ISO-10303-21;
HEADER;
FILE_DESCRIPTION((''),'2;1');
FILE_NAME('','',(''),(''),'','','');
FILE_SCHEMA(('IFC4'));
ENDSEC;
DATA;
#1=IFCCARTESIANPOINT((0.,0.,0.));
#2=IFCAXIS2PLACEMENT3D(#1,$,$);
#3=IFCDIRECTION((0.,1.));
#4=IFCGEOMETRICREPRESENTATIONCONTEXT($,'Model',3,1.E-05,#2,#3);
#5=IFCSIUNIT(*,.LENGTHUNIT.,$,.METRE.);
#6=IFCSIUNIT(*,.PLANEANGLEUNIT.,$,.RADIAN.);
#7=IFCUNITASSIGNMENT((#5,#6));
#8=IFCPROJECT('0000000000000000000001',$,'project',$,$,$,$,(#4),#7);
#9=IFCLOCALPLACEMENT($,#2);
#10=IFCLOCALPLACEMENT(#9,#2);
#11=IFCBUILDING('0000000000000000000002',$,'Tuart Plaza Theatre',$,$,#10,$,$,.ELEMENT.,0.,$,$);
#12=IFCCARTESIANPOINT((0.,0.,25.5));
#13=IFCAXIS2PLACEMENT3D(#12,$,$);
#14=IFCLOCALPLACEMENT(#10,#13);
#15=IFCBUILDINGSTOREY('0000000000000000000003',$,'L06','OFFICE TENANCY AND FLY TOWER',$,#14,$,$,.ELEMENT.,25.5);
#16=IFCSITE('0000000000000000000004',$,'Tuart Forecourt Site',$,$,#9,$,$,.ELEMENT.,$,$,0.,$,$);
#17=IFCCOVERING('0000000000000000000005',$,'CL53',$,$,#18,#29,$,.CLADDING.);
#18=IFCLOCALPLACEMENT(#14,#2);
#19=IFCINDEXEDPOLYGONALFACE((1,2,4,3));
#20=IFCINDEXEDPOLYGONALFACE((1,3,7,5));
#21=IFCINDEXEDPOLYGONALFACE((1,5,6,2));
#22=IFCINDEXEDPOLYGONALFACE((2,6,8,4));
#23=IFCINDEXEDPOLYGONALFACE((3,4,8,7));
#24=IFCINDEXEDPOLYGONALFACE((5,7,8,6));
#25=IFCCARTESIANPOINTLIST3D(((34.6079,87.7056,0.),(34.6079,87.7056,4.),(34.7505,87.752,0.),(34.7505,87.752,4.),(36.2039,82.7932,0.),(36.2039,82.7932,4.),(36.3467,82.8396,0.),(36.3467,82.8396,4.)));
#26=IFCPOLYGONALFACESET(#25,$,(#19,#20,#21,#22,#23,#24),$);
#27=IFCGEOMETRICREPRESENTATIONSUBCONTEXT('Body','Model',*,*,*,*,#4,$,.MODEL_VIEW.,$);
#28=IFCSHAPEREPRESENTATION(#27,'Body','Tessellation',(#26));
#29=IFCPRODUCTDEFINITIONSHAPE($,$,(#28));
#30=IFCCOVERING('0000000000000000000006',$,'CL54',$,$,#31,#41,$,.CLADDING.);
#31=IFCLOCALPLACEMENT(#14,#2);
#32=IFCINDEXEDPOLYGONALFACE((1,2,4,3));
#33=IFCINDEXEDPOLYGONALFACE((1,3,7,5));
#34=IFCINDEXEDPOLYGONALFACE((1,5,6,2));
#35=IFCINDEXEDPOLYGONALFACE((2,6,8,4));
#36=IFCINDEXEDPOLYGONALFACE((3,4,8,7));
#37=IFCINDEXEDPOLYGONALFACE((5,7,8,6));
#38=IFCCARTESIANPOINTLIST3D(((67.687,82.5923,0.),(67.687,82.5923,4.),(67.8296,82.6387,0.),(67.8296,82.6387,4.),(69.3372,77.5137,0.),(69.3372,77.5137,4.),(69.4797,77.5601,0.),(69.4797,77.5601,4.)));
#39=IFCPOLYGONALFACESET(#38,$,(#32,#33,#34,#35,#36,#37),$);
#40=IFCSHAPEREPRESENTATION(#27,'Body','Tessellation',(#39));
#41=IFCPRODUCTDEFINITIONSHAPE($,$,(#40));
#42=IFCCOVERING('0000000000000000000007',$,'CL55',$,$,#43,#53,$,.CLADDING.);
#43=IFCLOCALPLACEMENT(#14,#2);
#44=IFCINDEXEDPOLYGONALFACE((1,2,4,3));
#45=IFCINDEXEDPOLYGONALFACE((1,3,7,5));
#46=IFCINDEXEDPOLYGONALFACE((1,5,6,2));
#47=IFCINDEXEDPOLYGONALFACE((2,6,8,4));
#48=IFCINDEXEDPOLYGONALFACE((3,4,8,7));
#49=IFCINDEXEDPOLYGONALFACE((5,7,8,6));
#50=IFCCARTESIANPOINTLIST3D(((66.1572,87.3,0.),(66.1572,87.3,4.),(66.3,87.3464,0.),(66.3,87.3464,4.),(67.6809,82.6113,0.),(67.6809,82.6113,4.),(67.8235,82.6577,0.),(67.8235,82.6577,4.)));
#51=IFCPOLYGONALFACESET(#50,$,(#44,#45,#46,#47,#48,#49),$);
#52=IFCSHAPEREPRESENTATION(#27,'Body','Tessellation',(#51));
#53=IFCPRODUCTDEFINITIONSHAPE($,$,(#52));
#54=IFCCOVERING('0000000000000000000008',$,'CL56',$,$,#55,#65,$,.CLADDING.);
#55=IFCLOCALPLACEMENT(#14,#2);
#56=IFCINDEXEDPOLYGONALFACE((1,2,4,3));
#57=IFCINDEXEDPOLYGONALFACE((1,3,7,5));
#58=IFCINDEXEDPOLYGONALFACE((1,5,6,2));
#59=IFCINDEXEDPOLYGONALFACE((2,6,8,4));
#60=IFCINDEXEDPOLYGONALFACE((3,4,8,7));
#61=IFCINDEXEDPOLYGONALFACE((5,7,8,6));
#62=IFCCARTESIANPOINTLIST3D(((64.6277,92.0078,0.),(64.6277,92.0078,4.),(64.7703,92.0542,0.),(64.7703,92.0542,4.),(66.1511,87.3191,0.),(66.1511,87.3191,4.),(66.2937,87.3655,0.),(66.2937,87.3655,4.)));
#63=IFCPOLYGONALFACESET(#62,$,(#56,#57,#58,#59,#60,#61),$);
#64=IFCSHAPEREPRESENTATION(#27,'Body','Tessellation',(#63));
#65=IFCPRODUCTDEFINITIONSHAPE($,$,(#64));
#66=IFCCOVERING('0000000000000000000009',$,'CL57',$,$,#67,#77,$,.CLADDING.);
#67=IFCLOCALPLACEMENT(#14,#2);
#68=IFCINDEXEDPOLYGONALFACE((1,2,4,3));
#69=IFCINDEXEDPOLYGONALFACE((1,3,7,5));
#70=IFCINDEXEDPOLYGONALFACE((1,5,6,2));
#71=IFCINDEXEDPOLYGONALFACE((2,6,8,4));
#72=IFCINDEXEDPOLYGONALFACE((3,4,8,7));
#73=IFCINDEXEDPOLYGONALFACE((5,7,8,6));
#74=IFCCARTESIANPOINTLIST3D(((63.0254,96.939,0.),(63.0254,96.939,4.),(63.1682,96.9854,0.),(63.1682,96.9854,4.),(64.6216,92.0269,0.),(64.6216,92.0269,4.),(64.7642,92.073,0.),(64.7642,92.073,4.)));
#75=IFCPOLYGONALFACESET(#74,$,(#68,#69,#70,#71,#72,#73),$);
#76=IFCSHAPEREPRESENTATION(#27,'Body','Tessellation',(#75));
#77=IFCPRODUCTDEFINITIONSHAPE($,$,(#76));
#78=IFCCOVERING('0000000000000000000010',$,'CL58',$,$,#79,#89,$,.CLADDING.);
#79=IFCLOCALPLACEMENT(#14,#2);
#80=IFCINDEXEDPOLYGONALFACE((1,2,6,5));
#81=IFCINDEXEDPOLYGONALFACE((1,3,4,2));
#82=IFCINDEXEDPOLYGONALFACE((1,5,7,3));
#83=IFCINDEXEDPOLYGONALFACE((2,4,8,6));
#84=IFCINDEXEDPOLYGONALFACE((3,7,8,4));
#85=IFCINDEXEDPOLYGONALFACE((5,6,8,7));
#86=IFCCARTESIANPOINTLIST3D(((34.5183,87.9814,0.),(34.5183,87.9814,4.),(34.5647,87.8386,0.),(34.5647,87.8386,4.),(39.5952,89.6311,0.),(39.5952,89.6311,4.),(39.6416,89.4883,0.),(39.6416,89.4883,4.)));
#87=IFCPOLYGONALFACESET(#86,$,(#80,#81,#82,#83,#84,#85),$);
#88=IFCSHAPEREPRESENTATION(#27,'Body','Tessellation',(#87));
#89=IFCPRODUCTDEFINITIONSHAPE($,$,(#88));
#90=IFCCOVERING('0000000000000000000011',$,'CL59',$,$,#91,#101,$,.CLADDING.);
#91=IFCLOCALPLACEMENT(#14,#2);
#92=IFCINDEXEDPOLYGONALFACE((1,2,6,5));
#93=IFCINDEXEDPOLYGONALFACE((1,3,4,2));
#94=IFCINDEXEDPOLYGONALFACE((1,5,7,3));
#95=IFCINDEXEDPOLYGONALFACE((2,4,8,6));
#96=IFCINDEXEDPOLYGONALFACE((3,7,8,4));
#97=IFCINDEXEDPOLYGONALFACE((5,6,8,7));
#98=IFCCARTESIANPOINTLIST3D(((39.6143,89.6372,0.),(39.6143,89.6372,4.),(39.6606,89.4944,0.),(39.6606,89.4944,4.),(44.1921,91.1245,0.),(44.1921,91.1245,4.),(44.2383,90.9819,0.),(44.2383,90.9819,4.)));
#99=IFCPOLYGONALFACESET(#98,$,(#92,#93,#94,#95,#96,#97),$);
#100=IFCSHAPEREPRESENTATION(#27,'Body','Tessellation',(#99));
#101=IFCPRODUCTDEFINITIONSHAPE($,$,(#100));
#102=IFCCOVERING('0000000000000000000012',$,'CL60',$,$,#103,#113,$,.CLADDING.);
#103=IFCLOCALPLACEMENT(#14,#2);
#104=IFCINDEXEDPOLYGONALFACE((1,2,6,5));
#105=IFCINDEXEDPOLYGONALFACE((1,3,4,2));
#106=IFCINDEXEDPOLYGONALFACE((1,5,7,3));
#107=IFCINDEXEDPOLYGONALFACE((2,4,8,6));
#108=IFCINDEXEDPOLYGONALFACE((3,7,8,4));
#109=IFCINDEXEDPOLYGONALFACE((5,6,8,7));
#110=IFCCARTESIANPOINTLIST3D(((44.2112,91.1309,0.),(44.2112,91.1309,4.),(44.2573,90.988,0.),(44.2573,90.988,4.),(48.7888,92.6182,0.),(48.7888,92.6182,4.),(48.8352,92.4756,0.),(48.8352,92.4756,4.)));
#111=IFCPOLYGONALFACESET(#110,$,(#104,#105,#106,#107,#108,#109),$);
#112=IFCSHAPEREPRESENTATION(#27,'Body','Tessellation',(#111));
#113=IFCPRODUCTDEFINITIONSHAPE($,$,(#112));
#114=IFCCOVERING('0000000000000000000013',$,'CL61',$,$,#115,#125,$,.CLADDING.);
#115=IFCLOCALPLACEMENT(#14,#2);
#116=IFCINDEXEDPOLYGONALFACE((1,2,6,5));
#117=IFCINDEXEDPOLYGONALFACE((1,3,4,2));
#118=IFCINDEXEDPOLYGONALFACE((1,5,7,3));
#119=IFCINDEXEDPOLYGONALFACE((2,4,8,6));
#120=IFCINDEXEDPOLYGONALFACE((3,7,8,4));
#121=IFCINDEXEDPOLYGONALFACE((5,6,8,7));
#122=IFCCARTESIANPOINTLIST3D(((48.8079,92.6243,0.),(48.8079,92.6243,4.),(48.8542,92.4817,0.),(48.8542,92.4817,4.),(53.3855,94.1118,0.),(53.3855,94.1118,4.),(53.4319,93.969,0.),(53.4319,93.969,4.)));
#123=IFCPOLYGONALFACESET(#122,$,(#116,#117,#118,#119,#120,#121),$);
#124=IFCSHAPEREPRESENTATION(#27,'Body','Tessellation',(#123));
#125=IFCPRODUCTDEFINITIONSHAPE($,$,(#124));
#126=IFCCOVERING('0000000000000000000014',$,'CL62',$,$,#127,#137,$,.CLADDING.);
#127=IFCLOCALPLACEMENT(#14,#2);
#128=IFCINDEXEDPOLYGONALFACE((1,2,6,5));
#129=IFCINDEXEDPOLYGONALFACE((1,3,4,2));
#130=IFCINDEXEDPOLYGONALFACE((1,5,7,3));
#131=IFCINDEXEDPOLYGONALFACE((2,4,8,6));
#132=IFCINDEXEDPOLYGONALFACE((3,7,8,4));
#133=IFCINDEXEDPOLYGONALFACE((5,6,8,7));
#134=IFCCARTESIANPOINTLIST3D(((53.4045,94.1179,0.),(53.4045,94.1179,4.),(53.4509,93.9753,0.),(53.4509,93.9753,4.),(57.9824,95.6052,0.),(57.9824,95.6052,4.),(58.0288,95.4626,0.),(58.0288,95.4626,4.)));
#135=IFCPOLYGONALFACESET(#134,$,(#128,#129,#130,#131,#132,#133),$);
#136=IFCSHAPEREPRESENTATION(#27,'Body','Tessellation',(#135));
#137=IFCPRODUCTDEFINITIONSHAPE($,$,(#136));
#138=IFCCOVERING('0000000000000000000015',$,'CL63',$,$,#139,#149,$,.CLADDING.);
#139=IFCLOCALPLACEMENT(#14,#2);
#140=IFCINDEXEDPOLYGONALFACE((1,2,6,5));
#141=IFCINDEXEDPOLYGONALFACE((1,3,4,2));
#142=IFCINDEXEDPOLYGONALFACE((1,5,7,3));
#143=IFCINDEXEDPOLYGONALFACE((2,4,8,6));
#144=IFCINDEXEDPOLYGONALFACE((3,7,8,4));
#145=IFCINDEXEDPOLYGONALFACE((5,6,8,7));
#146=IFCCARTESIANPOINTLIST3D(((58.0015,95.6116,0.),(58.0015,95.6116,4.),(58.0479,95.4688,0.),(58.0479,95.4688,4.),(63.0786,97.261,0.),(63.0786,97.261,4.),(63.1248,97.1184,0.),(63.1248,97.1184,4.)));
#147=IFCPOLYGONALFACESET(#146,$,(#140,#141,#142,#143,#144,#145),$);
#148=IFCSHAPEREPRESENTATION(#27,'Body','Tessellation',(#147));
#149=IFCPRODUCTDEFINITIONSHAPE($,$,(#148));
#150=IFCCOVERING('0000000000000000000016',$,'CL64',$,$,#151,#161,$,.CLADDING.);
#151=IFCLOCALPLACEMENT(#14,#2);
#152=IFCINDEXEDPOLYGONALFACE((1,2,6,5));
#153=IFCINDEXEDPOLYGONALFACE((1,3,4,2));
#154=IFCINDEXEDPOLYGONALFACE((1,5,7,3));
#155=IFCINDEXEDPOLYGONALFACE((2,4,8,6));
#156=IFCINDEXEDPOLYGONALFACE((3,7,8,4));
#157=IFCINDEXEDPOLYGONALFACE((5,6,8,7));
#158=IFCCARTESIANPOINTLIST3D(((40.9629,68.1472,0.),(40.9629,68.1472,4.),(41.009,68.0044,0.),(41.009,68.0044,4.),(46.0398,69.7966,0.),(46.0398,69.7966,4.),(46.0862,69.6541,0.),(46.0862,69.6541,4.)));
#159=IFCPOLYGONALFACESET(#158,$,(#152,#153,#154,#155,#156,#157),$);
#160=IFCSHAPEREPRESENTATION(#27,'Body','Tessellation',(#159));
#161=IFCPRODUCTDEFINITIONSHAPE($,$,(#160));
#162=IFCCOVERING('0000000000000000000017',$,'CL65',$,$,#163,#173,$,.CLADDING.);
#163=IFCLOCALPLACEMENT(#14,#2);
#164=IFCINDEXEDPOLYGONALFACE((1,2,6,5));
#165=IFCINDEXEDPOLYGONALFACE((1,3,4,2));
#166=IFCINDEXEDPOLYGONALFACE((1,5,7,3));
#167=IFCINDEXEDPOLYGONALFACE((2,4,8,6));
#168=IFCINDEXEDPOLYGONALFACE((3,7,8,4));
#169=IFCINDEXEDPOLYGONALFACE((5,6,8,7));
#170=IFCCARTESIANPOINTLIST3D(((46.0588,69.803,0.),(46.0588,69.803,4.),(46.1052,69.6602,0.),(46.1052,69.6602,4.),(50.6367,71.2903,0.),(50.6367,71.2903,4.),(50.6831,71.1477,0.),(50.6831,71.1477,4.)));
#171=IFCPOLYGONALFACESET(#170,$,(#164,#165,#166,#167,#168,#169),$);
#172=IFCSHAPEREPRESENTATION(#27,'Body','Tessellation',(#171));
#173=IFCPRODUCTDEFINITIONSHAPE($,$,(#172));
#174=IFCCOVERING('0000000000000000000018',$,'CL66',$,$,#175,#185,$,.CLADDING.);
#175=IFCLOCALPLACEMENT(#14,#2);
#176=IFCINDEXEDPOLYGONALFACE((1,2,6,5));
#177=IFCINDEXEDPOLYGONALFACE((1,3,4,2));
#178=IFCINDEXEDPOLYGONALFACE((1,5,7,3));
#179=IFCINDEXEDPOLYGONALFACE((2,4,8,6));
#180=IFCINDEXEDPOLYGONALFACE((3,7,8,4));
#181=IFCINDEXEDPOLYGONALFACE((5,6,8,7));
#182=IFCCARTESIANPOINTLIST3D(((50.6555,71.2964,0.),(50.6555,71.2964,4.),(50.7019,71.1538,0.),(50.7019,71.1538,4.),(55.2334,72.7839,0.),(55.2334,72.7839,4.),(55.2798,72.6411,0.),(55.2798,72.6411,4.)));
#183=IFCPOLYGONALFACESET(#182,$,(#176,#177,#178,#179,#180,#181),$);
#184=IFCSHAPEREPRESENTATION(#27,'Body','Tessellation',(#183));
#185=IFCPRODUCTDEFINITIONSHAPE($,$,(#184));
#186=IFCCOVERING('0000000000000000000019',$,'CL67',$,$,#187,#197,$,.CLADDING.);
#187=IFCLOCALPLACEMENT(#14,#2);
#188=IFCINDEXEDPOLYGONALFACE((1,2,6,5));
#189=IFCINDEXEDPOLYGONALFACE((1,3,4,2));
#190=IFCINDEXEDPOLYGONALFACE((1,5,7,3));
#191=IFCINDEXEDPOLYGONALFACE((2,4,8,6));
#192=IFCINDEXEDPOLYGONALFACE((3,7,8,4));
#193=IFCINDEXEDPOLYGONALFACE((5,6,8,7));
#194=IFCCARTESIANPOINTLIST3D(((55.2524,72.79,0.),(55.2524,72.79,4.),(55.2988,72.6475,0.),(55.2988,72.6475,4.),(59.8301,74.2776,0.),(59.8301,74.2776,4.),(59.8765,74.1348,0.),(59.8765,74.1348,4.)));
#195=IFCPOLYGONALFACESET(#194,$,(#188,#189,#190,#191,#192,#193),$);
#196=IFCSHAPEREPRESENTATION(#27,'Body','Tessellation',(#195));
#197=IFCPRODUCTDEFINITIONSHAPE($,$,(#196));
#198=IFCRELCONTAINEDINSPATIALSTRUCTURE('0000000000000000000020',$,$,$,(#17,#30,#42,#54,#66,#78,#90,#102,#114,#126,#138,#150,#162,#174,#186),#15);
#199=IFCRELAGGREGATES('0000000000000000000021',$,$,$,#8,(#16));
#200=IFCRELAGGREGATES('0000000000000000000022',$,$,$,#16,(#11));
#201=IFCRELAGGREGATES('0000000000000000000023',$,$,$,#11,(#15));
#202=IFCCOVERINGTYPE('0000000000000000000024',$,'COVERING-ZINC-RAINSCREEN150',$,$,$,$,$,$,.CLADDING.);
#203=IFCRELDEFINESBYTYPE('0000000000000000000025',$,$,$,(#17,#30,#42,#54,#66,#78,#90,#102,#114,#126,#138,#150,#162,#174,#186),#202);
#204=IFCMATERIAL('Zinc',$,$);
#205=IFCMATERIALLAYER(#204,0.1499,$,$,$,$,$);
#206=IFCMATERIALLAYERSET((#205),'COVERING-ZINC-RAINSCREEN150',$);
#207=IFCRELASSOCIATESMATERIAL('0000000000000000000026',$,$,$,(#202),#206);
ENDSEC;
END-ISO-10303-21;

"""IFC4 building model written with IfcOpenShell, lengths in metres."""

from ifc_helpers import new_model, si_unit, direction, frame, origin, place, context, subcontext, project, spatial, polyline, outline, extrude, material, layer, layer_set, type_object, element, save


model = new_model("IFC4")

# Units and contexts
model_context = context("Model", 3, precision=1e-05, world=origin(), true_north=direction((0.0, 1.0)))
body_context = subcontext(model_context, "Body", "Model", "MODEL_VIEW")
ifc_project = project(units=[si_unit("LENGTHUNIT", "METRE"), si_unit("PLANEANGLEUNIT", "RADIAN")], contexts=[model_context])

# Site, building, storey
site_placement = place(None, origin())
site = spatial("IfcSite", under=ifc_project, at=site_placement, Name="Tuart Forecourt Site", CompositionType="ELEMENT", RefElevation=0.0)
building_placement = place(site_placement, origin())
building = spatial("IfcBuilding", under=site, at=building_placement, Name="Tuart Plaza Theatre", CompositionType="ELEMENT", ElevationOfRefHeight=0.0)
storey_placement = place(building_placement, frame((0.0, 0.0, 25.5)))
storey = spatial("IfcBuildingStorey", under=building, at=storey_placement, Name="L06", Description="OFFICE TENANCY AND FLY TOWER", CompositionType="ELEMENT", Elevation=25.5)

# Coverings
ifc_material_1 = material(Name="Zinc")
ifc_layer_1 = layer(ifc_material_1, 0.1499)
ifc_layer_set_1 = layer_set([ifc_layer_1], Name="COVERING-ZINC-RAINSCREEN150")
covering_type_1 = type_object("IfcCoveringType", Name="COVERING-ZINC-RAINSCREEN150", PredefinedType="CLADDING", material=ifc_layer_set_1)
covering_1_placement = place(storey_placement, origin())
element("IfcCovering", 1, at=covering_1_placement, inside=storey, type_object=covering_type_1, Name="CL53", PredefinedType="CLADDING", context=body_context, shape_type="SweptSolid", body=[
    extrude(outline(polyline([(36.2039, 82.7932), (34.6079, 87.7056), (34.7505, 87.752), (36.3467, 82.8396), (36.2039, 82.7932)])), origin(), (0.0, 0.0, 1.0), 4.0),
])
covering_2_placement = place(storey_placement, origin())
element("IfcCovering", 2, at=covering_2_placement, inside=storey, type_object=covering_type_1, Name="CL54", PredefinedType="CLADDING", context=body_context, shape_type="SweptSolid", body=[
    extrude(outline(polyline([(69.3372, 77.5137), (67.687, 82.5923), (67.8296, 82.6387), (69.4797, 77.5601), (69.3372, 77.5137)])), origin(), (0.0, 0.0, 1.0), 4.0),
])
covering_3_placement = place(storey_placement, origin())
element("IfcCovering", 3, at=covering_3_placement, inside=storey, type_object=covering_type_1, Name="CL55", PredefinedType="CLADDING", context=body_context, shape_type="SweptSolid", body=[
    extrude(outline(polyline([(67.6809, 82.6113), (66.1572, 87.3), (66.3, 87.3464), (67.8235, 82.6577), (67.6809, 82.6113)])), origin(), (0.0, 0.0, 1.0), 4.0),
])
covering_4_placement = place(storey_placement, origin())
element("IfcCovering", 4, at=covering_4_placement, inside=storey, type_object=covering_type_1, Name="CL56", PredefinedType="CLADDING", context=body_context, shape_type="SweptSolid", body=[
    extrude(outline(polyline([(66.1511, 87.3191), (64.6277, 92.0078), (64.7703, 92.0542), (66.2937, 87.3655), (66.1511, 87.3191)])), origin(), (0.0, 0.0, 1.0), 4.0),
])
covering_5_placement = place(storey_placement, origin())
element("IfcCovering", 5, at=covering_5_placement, inside=storey, type_object=covering_type_1, Name="CL57", PredefinedType="CLADDING", context=body_context, shape_type="SweptSolid", body=[
    extrude(outline(polyline([(64.6216, 92.0269), (63.0254, 96.939), (63.1682, 96.9854), (64.7642, 92.073), (64.6216, 92.0269)])), origin(), (0.0, 0.0, 1.0), 4.0),
])
covering_6_placement = place(storey_placement, origin())
element("IfcCovering", 6, at=covering_6_placement, inside=storey, type_object=covering_type_1, Name="CL58", PredefinedType="CLADDING", context=body_context, shape_type="SweptSolid", body=[
    extrude(outline(polyline([(34.5183, 87.9814), (39.5952, 89.6311), (39.6416, 89.4883), (34.5647, 87.8386), (34.5183, 87.9814)])), origin(), (0.0, 0.0, 1.0), 4.0),
])
covering_7_placement = place(storey_placement, origin())
element("IfcCovering", 7, at=covering_7_placement, inside=storey, type_object=covering_type_1, Name="CL59", PredefinedType="CLADDING", context=body_context, shape_type="SweptSolid", body=[
    extrude(outline(polyline([(39.6143, 89.6372), (44.1921, 91.1245), (44.2383, 90.9819), (39.6606, 89.4944), (39.6143, 89.6372)])), origin(), (0.0, 0.0, 1.0), 4.0),
])
covering_8_placement = place(storey_placement, origin())
element("IfcCovering", 8, at=covering_8_placement, inside=storey, type_object=covering_type_1, Name="CL60", PredefinedType="CLADDING", context=body_context, shape_type="SweptSolid", body=[
    extrude(outline(polyline([(44.2112, 91.1309), (48.7888, 92.6182), (48.8352, 92.4756), (44.2573, 90.988), (44.2112, 91.1309)])), origin(), (0.0, 0.0, 1.0), 4.0),
])
covering_9_placement = place(storey_placement, origin())
element("IfcCovering", 9, at=covering_9_placement, inside=storey, type_object=covering_type_1, Name="CL61", PredefinedType="CLADDING", context=body_context, shape_type="SweptSolid", body=[
    extrude(outline(polyline([(48.8079, 92.6243), (53.3855, 94.1118), (53.4319, 93.969), (48.8542, 92.4817), (48.8079, 92.6243)])), origin(), (0.0, 0.0, 1.0), 4.0),
])
covering_10_placement = place(storey_placement, origin())
element("IfcCovering", 10, at=covering_10_placement, inside=storey, type_object=covering_type_1, Name="CL62", PredefinedType="CLADDING", context=body_context, shape_type="SweptSolid", body=[
    extrude(outline(polyline([(53.4045, 94.1179), (57.9824, 95.6052), (58.0288, 95.4626), (53.4509, 93.9753), (53.4045, 94.1179)])), origin(), (0.0, 0.0, 1.0), 4.0),
])
covering_11_placement = place(storey_placement, origin())
element("IfcCovering", 11, at=covering_11_placement, inside=storey, type_object=covering_type_1, Name="CL63", PredefinedType="CLADDING", context=body_context, shape_type="SweptSolid", body=[
    extrude(outline(polyline([(58.0015, 95.6116), (63.0786, 97.261), (63.1248, 97.1184), (58.0479, 95.4688), (58.0015, 95.6116)])), origin(), (0.0, 0.0, 1.0), 4.0),
])
covering_12_placement = place(storey_placement, origin())
element("IfcCovering", 12, at=covering_12_placement, inside=storey, type_object=covering_type_1, Name="CL64", PredefinedType="CLADDING", context=body_context, shape_type="SweptSolid", body=[
    extrude(outline(polyline([(40.9629, 68.1472), (46.0398, 69.7966), (46.0862, 69.6541), (41.009, 68.0044), (40.9629, 68.1472)])), origin(), (0.0, 0.0, 1.0), 4.0),
])
covering_13_placement = place(storey_placement, origin())
element("IfcCovering", 13, at=covering_13_placement, inside=storey, type_object=covering_type_1, Name="CL65", PredefinedType="CLADDING", context=body_context, shape_type="SweptSolid", body=[
    extrude(outline(polyline([(46.0588, 69.803), (50.6367, 71.2903), (50.6831, 71.1477), (46.1052, 69.6602), (46.0588, 69.803)])), origin(), (0.0, 0.0, 1.0), 4.0),
])
covering_14_placement = place(storey_placement, origin())
element("IfcCovering", 14, at=covering_14_placement, inside=storey, type_object=covering_type_1, Name="CL66", PredefinedType="CLADDING", context=body_context, shape_type="SweptSolid", body=[
    extrude(outline(polyline([(50.6555, 71.2964), (55.2334, 72.7839), (55.2798, 72.6411), (50.7019, 71.1538), (50.6555, 71.2964)])), origin(), (0.0, 0.0, 1.0), 4.0),
])
covering_15_placement = place(storey_placement, origin())
element("IfcCovering", 15, at=covering_15_placement, inside=storey, type_object=covering_type_1, Name="CL67", PredefinedType="CLADDING", context=body_context, shape_type="SweptSolid", body=[
    extrude(outline(polyline([(55.2524, 72.79), (59.8301, 74.2776), (59.8765, 74.1348), (55.2988, 72.6475), (55.2524, 72.79)])), origin(), (0.0, 0.0, 1.0), 4.0),
])

save(model, "model.ifc")
